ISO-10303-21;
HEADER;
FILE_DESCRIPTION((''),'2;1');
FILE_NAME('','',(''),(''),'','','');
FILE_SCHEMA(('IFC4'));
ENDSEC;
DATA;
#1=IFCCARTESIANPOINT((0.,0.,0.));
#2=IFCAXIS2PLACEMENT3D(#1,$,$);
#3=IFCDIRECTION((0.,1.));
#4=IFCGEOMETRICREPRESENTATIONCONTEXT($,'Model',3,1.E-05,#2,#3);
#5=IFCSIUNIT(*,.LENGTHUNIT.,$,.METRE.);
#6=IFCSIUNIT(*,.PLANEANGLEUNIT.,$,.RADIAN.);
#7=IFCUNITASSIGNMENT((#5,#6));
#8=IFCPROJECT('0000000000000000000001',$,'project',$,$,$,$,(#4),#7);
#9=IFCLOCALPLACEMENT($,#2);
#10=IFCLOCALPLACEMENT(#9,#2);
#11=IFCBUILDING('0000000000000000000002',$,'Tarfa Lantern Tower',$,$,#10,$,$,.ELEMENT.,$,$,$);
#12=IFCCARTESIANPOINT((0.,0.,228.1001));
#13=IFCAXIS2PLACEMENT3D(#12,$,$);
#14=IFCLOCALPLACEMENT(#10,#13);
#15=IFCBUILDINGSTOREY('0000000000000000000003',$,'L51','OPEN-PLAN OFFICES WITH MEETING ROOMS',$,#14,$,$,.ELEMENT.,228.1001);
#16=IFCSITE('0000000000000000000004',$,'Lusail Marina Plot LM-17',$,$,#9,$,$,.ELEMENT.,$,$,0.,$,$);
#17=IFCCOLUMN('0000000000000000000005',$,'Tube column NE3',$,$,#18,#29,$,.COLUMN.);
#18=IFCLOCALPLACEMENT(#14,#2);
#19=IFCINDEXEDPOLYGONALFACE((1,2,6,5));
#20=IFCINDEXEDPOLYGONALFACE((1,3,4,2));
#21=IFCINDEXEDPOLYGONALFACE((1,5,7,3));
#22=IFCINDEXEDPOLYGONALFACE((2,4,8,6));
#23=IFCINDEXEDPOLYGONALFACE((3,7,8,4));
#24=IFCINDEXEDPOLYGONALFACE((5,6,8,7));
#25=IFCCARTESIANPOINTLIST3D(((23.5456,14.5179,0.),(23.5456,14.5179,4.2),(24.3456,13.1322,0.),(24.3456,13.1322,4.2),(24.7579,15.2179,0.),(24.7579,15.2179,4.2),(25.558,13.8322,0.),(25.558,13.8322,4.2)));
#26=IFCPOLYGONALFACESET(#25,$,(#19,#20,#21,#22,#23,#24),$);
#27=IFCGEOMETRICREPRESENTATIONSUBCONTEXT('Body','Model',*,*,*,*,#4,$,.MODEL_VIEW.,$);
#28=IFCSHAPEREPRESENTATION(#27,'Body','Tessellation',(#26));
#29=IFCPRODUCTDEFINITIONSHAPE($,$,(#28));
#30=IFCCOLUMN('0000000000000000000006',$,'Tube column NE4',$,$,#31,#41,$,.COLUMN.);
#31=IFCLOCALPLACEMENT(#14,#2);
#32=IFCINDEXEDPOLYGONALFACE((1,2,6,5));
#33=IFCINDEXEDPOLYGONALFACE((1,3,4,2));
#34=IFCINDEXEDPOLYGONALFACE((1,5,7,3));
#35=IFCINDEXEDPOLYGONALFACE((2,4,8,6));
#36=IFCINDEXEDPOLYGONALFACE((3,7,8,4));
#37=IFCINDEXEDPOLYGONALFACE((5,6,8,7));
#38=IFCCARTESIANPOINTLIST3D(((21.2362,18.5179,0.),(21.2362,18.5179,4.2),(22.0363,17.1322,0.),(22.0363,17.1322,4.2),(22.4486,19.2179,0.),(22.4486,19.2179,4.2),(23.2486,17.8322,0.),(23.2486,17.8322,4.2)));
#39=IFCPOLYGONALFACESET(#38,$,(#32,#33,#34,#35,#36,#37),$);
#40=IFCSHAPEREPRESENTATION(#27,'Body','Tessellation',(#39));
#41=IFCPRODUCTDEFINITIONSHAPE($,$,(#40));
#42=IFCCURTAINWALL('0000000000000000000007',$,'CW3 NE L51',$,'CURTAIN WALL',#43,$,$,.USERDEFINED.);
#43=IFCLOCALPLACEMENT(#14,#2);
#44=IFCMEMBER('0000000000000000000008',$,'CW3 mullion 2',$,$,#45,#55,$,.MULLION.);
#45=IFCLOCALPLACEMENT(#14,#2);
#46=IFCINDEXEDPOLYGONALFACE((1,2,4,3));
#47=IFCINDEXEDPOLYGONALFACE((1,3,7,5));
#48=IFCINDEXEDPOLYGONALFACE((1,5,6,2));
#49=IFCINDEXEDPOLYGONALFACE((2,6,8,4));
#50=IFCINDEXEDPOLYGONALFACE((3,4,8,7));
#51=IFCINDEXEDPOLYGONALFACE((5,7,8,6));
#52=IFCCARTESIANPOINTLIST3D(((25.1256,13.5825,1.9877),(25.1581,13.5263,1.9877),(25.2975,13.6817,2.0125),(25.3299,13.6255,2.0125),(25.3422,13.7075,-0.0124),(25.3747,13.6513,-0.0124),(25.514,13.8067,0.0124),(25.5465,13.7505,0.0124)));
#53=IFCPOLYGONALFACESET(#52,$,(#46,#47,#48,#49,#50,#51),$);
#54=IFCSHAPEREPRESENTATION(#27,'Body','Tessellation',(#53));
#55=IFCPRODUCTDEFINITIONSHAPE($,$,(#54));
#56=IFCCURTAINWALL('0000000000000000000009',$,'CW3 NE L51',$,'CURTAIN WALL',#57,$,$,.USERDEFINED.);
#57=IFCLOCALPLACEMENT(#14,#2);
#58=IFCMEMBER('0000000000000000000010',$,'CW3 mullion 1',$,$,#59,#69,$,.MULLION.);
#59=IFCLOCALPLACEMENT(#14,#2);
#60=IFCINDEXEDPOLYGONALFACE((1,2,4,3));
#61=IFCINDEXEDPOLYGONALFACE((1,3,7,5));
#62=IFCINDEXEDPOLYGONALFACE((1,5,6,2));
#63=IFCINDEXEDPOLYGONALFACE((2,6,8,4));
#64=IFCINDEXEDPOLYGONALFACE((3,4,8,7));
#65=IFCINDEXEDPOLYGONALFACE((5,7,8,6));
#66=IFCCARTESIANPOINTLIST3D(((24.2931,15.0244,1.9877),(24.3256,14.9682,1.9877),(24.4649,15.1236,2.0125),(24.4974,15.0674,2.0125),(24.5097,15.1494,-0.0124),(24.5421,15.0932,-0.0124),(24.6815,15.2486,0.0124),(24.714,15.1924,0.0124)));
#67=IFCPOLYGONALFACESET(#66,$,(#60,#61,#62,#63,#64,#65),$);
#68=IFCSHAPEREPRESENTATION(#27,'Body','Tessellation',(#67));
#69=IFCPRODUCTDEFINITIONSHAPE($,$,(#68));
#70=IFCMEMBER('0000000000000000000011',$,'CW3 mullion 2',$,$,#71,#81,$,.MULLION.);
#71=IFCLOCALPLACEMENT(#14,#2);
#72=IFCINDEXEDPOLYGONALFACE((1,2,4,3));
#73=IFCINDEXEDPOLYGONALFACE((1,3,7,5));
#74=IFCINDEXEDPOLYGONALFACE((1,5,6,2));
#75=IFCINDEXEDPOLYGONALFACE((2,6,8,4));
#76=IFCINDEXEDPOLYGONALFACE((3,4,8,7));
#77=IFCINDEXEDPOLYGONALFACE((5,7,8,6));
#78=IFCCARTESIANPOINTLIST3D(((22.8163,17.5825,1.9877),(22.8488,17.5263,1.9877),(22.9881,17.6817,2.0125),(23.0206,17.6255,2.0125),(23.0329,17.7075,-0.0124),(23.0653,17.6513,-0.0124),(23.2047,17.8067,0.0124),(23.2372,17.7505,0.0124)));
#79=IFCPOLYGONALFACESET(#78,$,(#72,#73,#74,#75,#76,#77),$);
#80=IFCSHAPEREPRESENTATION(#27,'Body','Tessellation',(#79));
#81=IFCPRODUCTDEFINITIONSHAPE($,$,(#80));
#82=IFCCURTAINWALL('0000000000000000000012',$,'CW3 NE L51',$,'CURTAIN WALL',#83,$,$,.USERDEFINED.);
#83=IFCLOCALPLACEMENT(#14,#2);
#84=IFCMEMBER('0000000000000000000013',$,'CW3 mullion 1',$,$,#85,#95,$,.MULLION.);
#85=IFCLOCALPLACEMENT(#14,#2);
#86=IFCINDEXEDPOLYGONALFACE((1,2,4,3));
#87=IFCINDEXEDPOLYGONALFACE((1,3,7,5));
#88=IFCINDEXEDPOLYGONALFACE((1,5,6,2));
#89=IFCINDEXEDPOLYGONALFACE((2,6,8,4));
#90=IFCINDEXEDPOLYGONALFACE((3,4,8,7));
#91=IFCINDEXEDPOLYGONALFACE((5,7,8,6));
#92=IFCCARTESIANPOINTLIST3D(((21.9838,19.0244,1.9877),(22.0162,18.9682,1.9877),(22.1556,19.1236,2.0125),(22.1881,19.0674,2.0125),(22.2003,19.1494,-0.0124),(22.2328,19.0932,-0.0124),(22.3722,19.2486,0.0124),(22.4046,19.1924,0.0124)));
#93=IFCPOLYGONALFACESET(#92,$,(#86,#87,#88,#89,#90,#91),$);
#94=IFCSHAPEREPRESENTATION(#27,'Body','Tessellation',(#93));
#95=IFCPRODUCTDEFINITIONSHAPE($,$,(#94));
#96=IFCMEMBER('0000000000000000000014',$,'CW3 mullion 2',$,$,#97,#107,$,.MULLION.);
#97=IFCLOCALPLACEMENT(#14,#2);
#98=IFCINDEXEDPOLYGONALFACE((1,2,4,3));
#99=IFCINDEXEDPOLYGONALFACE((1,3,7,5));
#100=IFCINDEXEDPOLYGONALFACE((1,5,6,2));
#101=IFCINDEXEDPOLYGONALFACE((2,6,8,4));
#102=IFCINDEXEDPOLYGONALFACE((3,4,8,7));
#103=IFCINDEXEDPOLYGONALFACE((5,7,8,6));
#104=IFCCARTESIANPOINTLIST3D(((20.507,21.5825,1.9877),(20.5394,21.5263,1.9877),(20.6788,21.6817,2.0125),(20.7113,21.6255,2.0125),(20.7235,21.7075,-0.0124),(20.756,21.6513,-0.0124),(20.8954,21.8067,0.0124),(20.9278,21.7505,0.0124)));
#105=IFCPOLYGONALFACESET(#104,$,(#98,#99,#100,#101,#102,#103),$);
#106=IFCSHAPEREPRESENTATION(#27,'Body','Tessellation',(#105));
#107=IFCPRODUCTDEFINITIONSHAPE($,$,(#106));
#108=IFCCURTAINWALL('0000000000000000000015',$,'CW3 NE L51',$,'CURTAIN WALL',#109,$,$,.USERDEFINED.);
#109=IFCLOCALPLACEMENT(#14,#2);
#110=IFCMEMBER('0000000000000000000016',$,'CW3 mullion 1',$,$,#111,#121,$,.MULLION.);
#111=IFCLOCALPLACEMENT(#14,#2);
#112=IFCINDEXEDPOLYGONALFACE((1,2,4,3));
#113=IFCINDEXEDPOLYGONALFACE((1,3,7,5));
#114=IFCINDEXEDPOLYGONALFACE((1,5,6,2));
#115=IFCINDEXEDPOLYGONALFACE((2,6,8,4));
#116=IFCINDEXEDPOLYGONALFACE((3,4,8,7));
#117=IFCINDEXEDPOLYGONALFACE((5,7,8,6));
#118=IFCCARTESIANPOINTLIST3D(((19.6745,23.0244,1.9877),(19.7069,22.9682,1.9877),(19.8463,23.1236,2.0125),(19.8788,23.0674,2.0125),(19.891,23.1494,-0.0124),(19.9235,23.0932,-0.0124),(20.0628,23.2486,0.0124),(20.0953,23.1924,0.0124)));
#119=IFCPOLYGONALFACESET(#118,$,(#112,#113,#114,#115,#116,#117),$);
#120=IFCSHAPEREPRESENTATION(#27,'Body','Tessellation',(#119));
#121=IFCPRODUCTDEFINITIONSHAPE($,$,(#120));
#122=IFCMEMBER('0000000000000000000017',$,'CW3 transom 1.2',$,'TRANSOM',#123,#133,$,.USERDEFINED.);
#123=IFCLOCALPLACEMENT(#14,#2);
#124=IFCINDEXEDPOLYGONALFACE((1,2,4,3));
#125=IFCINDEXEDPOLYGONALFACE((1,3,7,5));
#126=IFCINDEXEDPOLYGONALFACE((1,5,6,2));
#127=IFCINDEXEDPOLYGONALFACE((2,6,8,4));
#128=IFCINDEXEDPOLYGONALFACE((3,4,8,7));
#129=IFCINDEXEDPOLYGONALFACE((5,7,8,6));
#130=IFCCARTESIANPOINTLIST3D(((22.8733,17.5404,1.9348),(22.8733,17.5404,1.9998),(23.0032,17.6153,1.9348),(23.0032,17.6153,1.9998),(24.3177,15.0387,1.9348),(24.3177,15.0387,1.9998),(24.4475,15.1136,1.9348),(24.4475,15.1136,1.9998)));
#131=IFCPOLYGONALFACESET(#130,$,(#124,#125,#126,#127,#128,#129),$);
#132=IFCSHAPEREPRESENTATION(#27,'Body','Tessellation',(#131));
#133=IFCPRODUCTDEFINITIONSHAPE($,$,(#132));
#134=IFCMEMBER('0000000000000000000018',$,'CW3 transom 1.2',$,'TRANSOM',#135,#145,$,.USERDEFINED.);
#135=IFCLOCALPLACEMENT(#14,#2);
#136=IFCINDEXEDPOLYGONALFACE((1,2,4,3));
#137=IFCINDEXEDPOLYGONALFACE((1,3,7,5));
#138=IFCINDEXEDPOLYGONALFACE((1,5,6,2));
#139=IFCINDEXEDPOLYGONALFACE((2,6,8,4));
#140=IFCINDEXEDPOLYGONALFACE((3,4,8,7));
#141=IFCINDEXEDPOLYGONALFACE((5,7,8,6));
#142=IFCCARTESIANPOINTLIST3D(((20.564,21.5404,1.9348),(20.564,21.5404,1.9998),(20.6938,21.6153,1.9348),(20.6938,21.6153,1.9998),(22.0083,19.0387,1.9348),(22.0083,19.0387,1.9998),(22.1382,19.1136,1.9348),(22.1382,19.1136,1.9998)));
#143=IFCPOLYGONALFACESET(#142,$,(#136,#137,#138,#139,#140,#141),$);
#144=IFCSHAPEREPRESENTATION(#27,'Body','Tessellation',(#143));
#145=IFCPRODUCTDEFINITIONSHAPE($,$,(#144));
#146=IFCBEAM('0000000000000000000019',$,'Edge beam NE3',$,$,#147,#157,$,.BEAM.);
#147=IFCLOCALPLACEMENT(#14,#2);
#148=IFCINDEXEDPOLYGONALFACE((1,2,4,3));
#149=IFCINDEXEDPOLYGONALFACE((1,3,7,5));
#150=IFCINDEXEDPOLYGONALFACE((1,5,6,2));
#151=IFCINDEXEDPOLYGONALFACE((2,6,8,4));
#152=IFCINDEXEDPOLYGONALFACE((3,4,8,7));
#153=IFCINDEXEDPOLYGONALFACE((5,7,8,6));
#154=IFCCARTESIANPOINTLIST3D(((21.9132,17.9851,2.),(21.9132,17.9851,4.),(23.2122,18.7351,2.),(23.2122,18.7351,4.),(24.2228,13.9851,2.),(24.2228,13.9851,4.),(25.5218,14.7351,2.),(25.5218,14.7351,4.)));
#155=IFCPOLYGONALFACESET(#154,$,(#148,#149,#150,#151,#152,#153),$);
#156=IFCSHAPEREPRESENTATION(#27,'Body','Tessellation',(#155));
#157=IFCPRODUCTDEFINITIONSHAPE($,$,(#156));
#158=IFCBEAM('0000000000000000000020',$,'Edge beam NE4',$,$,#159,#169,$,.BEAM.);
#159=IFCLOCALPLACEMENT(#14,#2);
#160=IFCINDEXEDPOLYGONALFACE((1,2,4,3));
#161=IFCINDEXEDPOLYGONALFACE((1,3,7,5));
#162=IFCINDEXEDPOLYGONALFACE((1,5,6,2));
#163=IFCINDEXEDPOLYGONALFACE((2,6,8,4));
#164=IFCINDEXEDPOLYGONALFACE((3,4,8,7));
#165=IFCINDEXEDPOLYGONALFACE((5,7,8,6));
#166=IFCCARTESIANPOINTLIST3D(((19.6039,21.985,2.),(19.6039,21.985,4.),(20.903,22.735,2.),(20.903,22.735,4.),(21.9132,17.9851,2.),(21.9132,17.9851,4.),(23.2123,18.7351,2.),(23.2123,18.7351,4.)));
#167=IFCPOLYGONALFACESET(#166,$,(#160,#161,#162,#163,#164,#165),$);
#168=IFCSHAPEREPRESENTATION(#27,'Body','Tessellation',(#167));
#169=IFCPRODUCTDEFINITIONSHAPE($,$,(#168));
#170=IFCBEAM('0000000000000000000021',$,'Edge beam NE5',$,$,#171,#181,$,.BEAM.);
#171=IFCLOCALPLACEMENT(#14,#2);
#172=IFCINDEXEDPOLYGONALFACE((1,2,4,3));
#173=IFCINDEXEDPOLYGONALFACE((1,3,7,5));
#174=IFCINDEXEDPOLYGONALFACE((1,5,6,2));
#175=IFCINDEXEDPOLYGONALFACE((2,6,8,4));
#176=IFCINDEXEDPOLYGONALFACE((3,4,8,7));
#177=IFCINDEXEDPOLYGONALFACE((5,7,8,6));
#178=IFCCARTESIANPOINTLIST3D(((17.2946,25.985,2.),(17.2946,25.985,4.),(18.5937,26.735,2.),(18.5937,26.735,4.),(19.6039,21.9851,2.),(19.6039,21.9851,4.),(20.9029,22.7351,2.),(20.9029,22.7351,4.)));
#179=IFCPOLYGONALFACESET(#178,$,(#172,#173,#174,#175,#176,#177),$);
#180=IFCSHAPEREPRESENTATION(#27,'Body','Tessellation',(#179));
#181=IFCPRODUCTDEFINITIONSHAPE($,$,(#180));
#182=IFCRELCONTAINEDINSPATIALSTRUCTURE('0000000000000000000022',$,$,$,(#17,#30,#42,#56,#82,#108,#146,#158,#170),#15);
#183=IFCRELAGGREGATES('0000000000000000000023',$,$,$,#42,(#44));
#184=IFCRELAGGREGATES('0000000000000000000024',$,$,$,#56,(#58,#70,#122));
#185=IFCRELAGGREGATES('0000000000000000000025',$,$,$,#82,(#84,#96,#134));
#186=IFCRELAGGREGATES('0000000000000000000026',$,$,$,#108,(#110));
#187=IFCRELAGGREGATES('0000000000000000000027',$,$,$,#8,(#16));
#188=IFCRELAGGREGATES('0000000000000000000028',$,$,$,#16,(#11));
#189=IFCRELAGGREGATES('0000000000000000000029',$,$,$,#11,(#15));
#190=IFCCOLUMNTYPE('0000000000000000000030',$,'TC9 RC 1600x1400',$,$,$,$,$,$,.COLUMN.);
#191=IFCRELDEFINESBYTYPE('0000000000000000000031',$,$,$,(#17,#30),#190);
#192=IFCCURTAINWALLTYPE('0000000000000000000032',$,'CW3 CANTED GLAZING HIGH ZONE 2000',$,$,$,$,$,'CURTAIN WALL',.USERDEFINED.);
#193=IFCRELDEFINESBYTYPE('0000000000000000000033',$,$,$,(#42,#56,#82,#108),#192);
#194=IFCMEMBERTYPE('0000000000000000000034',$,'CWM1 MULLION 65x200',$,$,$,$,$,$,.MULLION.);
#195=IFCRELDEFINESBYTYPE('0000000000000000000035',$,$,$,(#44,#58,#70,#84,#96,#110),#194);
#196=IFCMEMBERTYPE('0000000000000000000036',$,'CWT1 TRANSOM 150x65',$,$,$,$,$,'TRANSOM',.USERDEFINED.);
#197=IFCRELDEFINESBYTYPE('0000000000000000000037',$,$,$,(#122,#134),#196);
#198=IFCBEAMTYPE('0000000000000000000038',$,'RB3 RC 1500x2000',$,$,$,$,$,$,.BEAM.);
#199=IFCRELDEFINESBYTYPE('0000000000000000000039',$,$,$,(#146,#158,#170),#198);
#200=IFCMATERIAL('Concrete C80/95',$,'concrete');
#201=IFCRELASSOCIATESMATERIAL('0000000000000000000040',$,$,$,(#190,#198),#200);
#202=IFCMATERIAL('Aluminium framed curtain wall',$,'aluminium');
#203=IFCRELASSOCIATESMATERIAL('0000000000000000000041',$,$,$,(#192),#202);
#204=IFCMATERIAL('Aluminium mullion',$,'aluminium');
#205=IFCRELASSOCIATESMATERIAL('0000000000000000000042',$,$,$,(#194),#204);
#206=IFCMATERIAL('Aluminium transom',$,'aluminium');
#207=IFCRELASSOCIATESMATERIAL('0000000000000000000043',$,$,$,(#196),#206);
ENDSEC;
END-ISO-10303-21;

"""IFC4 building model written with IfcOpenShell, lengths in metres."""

from ifc_helpers import new_model, si_unit, direction, frame, origin, origin_2d, place, context, subcontext, project, spatial, rectangle, extrude, material, material_profile, profile_set, type_object, element, aggregate, save


model = new_model("IFC4")

# Units and contexts
model_context = context("Model", 3, precision=1e-05, world=origin(), true_north=direction((0.0, 1.0)))
body_context = subcontext(model_context, "Body", "Model", "MODEL_VIEW")
ifc_project = project(units=[si_unit("LENGTHUNIT", "METRE"), si_unit("PLANEANGLEUNIT", "RADIAN")], contexts=[model_context])

# Site, building, storey
site_placement = place(None, origin())
site = spatial("IfcSite", under=ifc_project, at=site_placement, Name="Lusail Marina Plot LM-17", CompositionType="ELEMENT", RefElevation=0.0)
building_placement = place(site_placement, origin())
building = spatial("IfcBuilding", under=site, at=building_placement, Name="Tarfa Lantern Tower", CompositionType="ELEMENT")
storey_placement = place(building_placement, frame((0.0, 0.0, 228.1001)))
storey = spatial("IfcBuildingStorey", under=building, at=storey_placement, Name="L51", Description="OPEN-PLAN OFFICES WITH MEETING ROOMS", CompositionType="ELEMENT", Elevation=228.1001)

# Columns
ifc_material_1 = material(Name="Concrete C80/95", Category="concrete")
ifc_material_profile_1 = material_profile(ifc_material_1, rectangle(XDim=1.6001, YDim=1.3999, at=origin_2d()), Name="RC 1600x1400")
ifc_profile_set_1 = profile_set([ifc_material_profile_1], Name="Concrete C80/95")
column_type = type_object("IfcColumnType", Name="TC9 RC 1600x1400", PredefinedType="COLUMN", material=ifc_profile_set_1)
for number, where, z_axis, x_axis, name in (
    (1, (24.5518, 14.175, 0.0), (0.0, 0.0, 1.0), (-0.5, 0.866025, 0.0), "Tube column NE3"),
    (2, (22.2424, 18.175, 0.0), (0.0, 0.0, 1.0), (-0.5, 0.866025, 0.0), "Tube column NE4"),
):
    element("IfcColumn", number, at=place(storey_placement, frame(where, z_axis=z_axis, x_axis=x_axis)), inside=storey, type_object=column_type, Name=name, PredefinedType="COLUMN", context=body_context, shape_type="SweptSolid", body=[
        extrude(rectangle(XDim=1.6001, YDim=1.3999, at=origin_2d()), origin(), (0.0, 0.0, 1.0), 4.2),
    ])

# Curtain wall, member
ifc_material_2 = material(Name="Aluminium framed curtain wall", Category="aluminium")
curtain_wall_type = type_object("IfcCurtainWallType", Name="CW3 CANTED GLAZING HIGH ZONE 2000", ElementType="CURTAIN WALL", PredefinedType="USERDEFINED", material=ifc_material_2)
curtain_wall_1_placement = place(storey_placement, origin())
curtain_wall_1 = element("IfcCurtainWall", 3, at=curtain_wall_1_placement, inside=storey, type_object=curtain_wall_type, Name="CW3 NE L51", ObjectType="CURTAIN WALL", PredefinedType="USERDEFINED")
ifc_material_3 = material(Name="Aluminium mullion", Category="aluminium")
ifc_material_profile_2 = material_profile(ifc_material_3, rectangle(XDim=0.0649, YDim=0.2, at=origin_2d()), Name="AL MULLION 65x200")
ifc_profile_set_2 = profile_set([ifc_material_profile_2], Name="Aluminium mullion")
member_type_1 = type_object("IfcMemberType", Name="CWM1 MULLION 65x200", PredefinedType="MULLION", material=ifc_profile_set_2)
member_1_placement = place(storey_placement, frame((25.4443, 13.729, 0.0), z_axis=(-0.10744, -0.062017, 0.992275), x_axis=(0.49992, -0.866072, 0.0)))
member_1 = element("IfcMember", 4, at=member_1_placement, type_object=member_type_1, Name="CW3 mullion 2", PredefinedType="MULLION", context=body_context, shape_type="SweptSolid", body=[
    extrude(rectangle(XDim=0.0649, YDim=0.2, at=origin_2d()), origin(), (0.0, 0.0, 1.0), 2.0156),
])

# Curtain walls, members
curtain_wall_2_placement = place(storey_placement, origin())
curtain_wall_2 = element("IfcCurtainWall", 5, at=curtain_wall_2_placement, inside=storey, type_object=curtain_wall_type, Name="CW3 NE L51", ObjectType="CURTAIN WALL", PredefinedType="USERDEFINED")
member_2_placement = place(storey_placement, frame((24.6118, 15.1709, 0.0), z_axis=(-0.10744, -0.062017, 0.992275), x_axis=(0.49992, -0.866072, 0.0)))
member_2 = element("IfcMember", 6, at=member_2_placement, type_object=member_type_1, Name="CW3 mullion 1", PredefinedType="MULLION", context=body_context, shape_type="SweptSolid", body=[
    extrude(rectangle(XDim=0.0649, YDim=0.2, at=origin_2d()), origin(), (0.0, 0.0, 1.0), 2.0156),
])
member_3_placement = place(storey_placement, frame((23.135, 17.729, 0.0), z_axis=(-0.10744, -0.062017, 0.992275), x_axis=(0.49992, -0.866072, 0.0)))
member_3 = element("IfcMember", 7, at=member_3_placement, type_object=member_type_1, Name="CW3 mullion 2", PredefinedType="MULLION", context=body_context, shape_type="SweptSolid", body=[
    extrude(rectangle(XDim=0.0649, YDim=0.2, at=origin_2d()), origin(), (0.0, 0.0, 1.0), 2.0156),
])
curtain_wall_3_placement = place(storey_placement, origin())
curtain_wall_3 = element("IfcCurtainWall", 8, at=curtain_wall_3_placement, inside=storey, type_object=curtain_wall_type, Name="CW3 NE L51", ObjectType="CURTAIN WALL", PredefinedType="USERDEFINED")
member_4_placement = place(storey_placement, frame((22.3025, 19.1709, 0.0), z_axis=(-0.10744, -0.062017, 0.992275), x_axis=(0.49992, -0.866072, 0.0)))
member_4 = element("IfcMember", 9, at=member_4_placement, type_object=member_type_1, Name="CW3 mullion 1", PredefinedType="MULLION", context=body_context, shape_type="SweptSolid", body=[
    extrude(rectangle(XDim=0.0649, YDim=0.2, at=origin_2d()), origin(), (0.0, 0.0, 1.0), 2.0156),
])
member_5_placement = place(storey_placement, frame((20.8257, 21.729, 0.0), z_axis=(-0.10744, -0.062017, 0.992275), x_axis=(0.49992, -0.866072, 0.0)))
member_5 = element("IfcMember", 10, at=member_5_placement, type_object=member_type_1, Name="CW3 mullion 2", PredefinedType="MULLION", context=body_context, shape_type="SweptSolid", body=[
    extrude(rectangle(XDim=0.0649, YDim=0.2, at=origin_2d()), origin(), (0.0, 0.0, 1.0), 2.0156),
])

# Curtain wall, member
curtain_wall_4_placement = place(storey_placement, origin())
curtain_wall_4 = element("IfcCurtainWall", 11, at=curtain_wall_4_placement, inside=storey, type_object=curtain_wall_type, Name="CW3 NE L51", ObjectType="CURTAIN WALL", PredefinedType="USERDEFINED")
member_6_placement = place(storey_placement, frame((19.9932, 23.1709, 0.0), z_axis=(-0.10744, -0.062017, 0.992275), x_axis=(0.49992, -0.866072, 0.0)))
member_6 = element("IfcMember", 12, at=member_6_placement, type_object=member_type_1, Name="CW3 mullion 1", PredefinedType="MULLION", context=body_context, shape_type="SweptSolid", body=[
    extrude(rectangle(XDim=0.0649, YDim=0.2, at=origin_2d()), origin(), (0.0, 0.0, 1.0), 2.0156),
])

# Members
ifc_material_4 = material(Name="Aluminium transom", Category="aluminium")
ifc_material_profile_3 = material_profile(ifc_material_4, rectangle(XDim=0.1499, YDim=0.0649, at=origin_2d()), Name="AL TRANSOM 150x65")
ifc_profile_set_3 = profile_set([ifc_material_profile_3], Name="Aluminium transom")
member_type_2 = type_object("IfcMemberType", Name="CWT1 TRANSOM 150x65", ElementType="TRANSOM", PredefinedType="USERDEFINED", material=ifc_profile_set_3)
member_7_placement = place(storey_placement, frame((24.3826, 15.0762, 1.9673), z_axis=(-0.499993, 0.866029, 0.0), x_axis=(-0.866029, -0.499993, 0.0)))
member_7 = element("IfcMember", 13, at=member_7_placement, type_object=member_type_2, Name="CW3 transom 1.2", ObjectType="TRANSOM", PredefinedType="USERDEFINED", context=body_context, shape_type="SweptSolid", body=[
    extrude(rectangle(XDim=0.1499, YDim=0.0649, at=origin_2d()), origin(), (0.0, 0.0, 1.0), 2.8887),
])
member_8_placement = place(storey_placement, frame((22.0732, 19.0762, 1.9673), z_axis=(-0.499993, 0.866029, 0.0), x_axis=(-0.866029, -0.499993, 0.0)))
member_8 = element("IfcMember", 14, at=member_8_placement, type_object=member_type_2, Name="CW3 transom 1.2", ObjectType="TRANSOM", PredefinedType="USERDEFINED", context=body_context, shape_type="SweptSolid", body=[
    extrude(rectangle(XDim=0.1499, YDim=0.0649, at=origin_2d()), origin(), (0.0, 0.0, 1.0), 2.8887),
])

# Beams
ifc_material_profile_4 = material_profile(ifc_material_1, rectangle(XDim=1.5, YDim=2.0, at=origin_2d()), Name="RC 1500x2000")
ifc_profile_set_4 = profile_set([ifc_material_profile_4], Name="Concrete C80/95")
beam_type_1 = type_object("IfcBeamType", Name="RB3 RC 1500x2000", PredefinedType="BEAM", material=ifc_profile_set_4)
beam_1_placement = place(storey_placement, frame((24.8723, 14.3601, 3.0), z_axis=(-0.500027, 0.86601, 0.0), x_axis=(-0.86601, -0.500027, 0.0)))
element("IfcBeam", 15, at=beam_1_placement, inside=storey, type_object=beam_type_1, Name="Edge beam NE3", PredefinedType="BEAM", context=body_context, shape_type="SweptSolid", body=[
    extrude(rectangle(XDim=1.5, YDim=2.0, at=origin_2d()), origin(), (0.0, 0.0, 1.0), 4.6189),
])
for number, where, z_axis, x_axis, name in (
    (16, (22.5627, 18.3601, 3.0), (-0.499988, 0.866032, 0.0), (-0.866032, -0.499988, 0.0), "Edge beam NE4"),
    (17, (20.2534, 22.3601, 3.0), (-0.499988, 0.866032, 0.0), (-0.866032, -0.499988, 0.0), "Edge beam NE5"),
):
    element("IfcBeam", number, at=place(storey_placement, frame(where, z_axis=z_axis, x_axis=x_axis)), inside=storey, type_object=beam_type_1, Name=name, PredefinedType="BEAM", context=body_context, shape_type="SweptSolid", body=[
        extrude(rectangle(XDim=1.5, YDim=2.0, at=origin_2d()), origin(), (0.0, 0.0, 1.0), 4.6187),
    ])

aggregate(curtain_wall_1, [member_1])
aggregate(curtain_wall_2, [member_2, member_3, member_7])
aggregate(curtain_wall_3, [member_4, member_5, member_8])
aggregate(curtain_wall_4, [member_6])

save(model, "model.ifc")
